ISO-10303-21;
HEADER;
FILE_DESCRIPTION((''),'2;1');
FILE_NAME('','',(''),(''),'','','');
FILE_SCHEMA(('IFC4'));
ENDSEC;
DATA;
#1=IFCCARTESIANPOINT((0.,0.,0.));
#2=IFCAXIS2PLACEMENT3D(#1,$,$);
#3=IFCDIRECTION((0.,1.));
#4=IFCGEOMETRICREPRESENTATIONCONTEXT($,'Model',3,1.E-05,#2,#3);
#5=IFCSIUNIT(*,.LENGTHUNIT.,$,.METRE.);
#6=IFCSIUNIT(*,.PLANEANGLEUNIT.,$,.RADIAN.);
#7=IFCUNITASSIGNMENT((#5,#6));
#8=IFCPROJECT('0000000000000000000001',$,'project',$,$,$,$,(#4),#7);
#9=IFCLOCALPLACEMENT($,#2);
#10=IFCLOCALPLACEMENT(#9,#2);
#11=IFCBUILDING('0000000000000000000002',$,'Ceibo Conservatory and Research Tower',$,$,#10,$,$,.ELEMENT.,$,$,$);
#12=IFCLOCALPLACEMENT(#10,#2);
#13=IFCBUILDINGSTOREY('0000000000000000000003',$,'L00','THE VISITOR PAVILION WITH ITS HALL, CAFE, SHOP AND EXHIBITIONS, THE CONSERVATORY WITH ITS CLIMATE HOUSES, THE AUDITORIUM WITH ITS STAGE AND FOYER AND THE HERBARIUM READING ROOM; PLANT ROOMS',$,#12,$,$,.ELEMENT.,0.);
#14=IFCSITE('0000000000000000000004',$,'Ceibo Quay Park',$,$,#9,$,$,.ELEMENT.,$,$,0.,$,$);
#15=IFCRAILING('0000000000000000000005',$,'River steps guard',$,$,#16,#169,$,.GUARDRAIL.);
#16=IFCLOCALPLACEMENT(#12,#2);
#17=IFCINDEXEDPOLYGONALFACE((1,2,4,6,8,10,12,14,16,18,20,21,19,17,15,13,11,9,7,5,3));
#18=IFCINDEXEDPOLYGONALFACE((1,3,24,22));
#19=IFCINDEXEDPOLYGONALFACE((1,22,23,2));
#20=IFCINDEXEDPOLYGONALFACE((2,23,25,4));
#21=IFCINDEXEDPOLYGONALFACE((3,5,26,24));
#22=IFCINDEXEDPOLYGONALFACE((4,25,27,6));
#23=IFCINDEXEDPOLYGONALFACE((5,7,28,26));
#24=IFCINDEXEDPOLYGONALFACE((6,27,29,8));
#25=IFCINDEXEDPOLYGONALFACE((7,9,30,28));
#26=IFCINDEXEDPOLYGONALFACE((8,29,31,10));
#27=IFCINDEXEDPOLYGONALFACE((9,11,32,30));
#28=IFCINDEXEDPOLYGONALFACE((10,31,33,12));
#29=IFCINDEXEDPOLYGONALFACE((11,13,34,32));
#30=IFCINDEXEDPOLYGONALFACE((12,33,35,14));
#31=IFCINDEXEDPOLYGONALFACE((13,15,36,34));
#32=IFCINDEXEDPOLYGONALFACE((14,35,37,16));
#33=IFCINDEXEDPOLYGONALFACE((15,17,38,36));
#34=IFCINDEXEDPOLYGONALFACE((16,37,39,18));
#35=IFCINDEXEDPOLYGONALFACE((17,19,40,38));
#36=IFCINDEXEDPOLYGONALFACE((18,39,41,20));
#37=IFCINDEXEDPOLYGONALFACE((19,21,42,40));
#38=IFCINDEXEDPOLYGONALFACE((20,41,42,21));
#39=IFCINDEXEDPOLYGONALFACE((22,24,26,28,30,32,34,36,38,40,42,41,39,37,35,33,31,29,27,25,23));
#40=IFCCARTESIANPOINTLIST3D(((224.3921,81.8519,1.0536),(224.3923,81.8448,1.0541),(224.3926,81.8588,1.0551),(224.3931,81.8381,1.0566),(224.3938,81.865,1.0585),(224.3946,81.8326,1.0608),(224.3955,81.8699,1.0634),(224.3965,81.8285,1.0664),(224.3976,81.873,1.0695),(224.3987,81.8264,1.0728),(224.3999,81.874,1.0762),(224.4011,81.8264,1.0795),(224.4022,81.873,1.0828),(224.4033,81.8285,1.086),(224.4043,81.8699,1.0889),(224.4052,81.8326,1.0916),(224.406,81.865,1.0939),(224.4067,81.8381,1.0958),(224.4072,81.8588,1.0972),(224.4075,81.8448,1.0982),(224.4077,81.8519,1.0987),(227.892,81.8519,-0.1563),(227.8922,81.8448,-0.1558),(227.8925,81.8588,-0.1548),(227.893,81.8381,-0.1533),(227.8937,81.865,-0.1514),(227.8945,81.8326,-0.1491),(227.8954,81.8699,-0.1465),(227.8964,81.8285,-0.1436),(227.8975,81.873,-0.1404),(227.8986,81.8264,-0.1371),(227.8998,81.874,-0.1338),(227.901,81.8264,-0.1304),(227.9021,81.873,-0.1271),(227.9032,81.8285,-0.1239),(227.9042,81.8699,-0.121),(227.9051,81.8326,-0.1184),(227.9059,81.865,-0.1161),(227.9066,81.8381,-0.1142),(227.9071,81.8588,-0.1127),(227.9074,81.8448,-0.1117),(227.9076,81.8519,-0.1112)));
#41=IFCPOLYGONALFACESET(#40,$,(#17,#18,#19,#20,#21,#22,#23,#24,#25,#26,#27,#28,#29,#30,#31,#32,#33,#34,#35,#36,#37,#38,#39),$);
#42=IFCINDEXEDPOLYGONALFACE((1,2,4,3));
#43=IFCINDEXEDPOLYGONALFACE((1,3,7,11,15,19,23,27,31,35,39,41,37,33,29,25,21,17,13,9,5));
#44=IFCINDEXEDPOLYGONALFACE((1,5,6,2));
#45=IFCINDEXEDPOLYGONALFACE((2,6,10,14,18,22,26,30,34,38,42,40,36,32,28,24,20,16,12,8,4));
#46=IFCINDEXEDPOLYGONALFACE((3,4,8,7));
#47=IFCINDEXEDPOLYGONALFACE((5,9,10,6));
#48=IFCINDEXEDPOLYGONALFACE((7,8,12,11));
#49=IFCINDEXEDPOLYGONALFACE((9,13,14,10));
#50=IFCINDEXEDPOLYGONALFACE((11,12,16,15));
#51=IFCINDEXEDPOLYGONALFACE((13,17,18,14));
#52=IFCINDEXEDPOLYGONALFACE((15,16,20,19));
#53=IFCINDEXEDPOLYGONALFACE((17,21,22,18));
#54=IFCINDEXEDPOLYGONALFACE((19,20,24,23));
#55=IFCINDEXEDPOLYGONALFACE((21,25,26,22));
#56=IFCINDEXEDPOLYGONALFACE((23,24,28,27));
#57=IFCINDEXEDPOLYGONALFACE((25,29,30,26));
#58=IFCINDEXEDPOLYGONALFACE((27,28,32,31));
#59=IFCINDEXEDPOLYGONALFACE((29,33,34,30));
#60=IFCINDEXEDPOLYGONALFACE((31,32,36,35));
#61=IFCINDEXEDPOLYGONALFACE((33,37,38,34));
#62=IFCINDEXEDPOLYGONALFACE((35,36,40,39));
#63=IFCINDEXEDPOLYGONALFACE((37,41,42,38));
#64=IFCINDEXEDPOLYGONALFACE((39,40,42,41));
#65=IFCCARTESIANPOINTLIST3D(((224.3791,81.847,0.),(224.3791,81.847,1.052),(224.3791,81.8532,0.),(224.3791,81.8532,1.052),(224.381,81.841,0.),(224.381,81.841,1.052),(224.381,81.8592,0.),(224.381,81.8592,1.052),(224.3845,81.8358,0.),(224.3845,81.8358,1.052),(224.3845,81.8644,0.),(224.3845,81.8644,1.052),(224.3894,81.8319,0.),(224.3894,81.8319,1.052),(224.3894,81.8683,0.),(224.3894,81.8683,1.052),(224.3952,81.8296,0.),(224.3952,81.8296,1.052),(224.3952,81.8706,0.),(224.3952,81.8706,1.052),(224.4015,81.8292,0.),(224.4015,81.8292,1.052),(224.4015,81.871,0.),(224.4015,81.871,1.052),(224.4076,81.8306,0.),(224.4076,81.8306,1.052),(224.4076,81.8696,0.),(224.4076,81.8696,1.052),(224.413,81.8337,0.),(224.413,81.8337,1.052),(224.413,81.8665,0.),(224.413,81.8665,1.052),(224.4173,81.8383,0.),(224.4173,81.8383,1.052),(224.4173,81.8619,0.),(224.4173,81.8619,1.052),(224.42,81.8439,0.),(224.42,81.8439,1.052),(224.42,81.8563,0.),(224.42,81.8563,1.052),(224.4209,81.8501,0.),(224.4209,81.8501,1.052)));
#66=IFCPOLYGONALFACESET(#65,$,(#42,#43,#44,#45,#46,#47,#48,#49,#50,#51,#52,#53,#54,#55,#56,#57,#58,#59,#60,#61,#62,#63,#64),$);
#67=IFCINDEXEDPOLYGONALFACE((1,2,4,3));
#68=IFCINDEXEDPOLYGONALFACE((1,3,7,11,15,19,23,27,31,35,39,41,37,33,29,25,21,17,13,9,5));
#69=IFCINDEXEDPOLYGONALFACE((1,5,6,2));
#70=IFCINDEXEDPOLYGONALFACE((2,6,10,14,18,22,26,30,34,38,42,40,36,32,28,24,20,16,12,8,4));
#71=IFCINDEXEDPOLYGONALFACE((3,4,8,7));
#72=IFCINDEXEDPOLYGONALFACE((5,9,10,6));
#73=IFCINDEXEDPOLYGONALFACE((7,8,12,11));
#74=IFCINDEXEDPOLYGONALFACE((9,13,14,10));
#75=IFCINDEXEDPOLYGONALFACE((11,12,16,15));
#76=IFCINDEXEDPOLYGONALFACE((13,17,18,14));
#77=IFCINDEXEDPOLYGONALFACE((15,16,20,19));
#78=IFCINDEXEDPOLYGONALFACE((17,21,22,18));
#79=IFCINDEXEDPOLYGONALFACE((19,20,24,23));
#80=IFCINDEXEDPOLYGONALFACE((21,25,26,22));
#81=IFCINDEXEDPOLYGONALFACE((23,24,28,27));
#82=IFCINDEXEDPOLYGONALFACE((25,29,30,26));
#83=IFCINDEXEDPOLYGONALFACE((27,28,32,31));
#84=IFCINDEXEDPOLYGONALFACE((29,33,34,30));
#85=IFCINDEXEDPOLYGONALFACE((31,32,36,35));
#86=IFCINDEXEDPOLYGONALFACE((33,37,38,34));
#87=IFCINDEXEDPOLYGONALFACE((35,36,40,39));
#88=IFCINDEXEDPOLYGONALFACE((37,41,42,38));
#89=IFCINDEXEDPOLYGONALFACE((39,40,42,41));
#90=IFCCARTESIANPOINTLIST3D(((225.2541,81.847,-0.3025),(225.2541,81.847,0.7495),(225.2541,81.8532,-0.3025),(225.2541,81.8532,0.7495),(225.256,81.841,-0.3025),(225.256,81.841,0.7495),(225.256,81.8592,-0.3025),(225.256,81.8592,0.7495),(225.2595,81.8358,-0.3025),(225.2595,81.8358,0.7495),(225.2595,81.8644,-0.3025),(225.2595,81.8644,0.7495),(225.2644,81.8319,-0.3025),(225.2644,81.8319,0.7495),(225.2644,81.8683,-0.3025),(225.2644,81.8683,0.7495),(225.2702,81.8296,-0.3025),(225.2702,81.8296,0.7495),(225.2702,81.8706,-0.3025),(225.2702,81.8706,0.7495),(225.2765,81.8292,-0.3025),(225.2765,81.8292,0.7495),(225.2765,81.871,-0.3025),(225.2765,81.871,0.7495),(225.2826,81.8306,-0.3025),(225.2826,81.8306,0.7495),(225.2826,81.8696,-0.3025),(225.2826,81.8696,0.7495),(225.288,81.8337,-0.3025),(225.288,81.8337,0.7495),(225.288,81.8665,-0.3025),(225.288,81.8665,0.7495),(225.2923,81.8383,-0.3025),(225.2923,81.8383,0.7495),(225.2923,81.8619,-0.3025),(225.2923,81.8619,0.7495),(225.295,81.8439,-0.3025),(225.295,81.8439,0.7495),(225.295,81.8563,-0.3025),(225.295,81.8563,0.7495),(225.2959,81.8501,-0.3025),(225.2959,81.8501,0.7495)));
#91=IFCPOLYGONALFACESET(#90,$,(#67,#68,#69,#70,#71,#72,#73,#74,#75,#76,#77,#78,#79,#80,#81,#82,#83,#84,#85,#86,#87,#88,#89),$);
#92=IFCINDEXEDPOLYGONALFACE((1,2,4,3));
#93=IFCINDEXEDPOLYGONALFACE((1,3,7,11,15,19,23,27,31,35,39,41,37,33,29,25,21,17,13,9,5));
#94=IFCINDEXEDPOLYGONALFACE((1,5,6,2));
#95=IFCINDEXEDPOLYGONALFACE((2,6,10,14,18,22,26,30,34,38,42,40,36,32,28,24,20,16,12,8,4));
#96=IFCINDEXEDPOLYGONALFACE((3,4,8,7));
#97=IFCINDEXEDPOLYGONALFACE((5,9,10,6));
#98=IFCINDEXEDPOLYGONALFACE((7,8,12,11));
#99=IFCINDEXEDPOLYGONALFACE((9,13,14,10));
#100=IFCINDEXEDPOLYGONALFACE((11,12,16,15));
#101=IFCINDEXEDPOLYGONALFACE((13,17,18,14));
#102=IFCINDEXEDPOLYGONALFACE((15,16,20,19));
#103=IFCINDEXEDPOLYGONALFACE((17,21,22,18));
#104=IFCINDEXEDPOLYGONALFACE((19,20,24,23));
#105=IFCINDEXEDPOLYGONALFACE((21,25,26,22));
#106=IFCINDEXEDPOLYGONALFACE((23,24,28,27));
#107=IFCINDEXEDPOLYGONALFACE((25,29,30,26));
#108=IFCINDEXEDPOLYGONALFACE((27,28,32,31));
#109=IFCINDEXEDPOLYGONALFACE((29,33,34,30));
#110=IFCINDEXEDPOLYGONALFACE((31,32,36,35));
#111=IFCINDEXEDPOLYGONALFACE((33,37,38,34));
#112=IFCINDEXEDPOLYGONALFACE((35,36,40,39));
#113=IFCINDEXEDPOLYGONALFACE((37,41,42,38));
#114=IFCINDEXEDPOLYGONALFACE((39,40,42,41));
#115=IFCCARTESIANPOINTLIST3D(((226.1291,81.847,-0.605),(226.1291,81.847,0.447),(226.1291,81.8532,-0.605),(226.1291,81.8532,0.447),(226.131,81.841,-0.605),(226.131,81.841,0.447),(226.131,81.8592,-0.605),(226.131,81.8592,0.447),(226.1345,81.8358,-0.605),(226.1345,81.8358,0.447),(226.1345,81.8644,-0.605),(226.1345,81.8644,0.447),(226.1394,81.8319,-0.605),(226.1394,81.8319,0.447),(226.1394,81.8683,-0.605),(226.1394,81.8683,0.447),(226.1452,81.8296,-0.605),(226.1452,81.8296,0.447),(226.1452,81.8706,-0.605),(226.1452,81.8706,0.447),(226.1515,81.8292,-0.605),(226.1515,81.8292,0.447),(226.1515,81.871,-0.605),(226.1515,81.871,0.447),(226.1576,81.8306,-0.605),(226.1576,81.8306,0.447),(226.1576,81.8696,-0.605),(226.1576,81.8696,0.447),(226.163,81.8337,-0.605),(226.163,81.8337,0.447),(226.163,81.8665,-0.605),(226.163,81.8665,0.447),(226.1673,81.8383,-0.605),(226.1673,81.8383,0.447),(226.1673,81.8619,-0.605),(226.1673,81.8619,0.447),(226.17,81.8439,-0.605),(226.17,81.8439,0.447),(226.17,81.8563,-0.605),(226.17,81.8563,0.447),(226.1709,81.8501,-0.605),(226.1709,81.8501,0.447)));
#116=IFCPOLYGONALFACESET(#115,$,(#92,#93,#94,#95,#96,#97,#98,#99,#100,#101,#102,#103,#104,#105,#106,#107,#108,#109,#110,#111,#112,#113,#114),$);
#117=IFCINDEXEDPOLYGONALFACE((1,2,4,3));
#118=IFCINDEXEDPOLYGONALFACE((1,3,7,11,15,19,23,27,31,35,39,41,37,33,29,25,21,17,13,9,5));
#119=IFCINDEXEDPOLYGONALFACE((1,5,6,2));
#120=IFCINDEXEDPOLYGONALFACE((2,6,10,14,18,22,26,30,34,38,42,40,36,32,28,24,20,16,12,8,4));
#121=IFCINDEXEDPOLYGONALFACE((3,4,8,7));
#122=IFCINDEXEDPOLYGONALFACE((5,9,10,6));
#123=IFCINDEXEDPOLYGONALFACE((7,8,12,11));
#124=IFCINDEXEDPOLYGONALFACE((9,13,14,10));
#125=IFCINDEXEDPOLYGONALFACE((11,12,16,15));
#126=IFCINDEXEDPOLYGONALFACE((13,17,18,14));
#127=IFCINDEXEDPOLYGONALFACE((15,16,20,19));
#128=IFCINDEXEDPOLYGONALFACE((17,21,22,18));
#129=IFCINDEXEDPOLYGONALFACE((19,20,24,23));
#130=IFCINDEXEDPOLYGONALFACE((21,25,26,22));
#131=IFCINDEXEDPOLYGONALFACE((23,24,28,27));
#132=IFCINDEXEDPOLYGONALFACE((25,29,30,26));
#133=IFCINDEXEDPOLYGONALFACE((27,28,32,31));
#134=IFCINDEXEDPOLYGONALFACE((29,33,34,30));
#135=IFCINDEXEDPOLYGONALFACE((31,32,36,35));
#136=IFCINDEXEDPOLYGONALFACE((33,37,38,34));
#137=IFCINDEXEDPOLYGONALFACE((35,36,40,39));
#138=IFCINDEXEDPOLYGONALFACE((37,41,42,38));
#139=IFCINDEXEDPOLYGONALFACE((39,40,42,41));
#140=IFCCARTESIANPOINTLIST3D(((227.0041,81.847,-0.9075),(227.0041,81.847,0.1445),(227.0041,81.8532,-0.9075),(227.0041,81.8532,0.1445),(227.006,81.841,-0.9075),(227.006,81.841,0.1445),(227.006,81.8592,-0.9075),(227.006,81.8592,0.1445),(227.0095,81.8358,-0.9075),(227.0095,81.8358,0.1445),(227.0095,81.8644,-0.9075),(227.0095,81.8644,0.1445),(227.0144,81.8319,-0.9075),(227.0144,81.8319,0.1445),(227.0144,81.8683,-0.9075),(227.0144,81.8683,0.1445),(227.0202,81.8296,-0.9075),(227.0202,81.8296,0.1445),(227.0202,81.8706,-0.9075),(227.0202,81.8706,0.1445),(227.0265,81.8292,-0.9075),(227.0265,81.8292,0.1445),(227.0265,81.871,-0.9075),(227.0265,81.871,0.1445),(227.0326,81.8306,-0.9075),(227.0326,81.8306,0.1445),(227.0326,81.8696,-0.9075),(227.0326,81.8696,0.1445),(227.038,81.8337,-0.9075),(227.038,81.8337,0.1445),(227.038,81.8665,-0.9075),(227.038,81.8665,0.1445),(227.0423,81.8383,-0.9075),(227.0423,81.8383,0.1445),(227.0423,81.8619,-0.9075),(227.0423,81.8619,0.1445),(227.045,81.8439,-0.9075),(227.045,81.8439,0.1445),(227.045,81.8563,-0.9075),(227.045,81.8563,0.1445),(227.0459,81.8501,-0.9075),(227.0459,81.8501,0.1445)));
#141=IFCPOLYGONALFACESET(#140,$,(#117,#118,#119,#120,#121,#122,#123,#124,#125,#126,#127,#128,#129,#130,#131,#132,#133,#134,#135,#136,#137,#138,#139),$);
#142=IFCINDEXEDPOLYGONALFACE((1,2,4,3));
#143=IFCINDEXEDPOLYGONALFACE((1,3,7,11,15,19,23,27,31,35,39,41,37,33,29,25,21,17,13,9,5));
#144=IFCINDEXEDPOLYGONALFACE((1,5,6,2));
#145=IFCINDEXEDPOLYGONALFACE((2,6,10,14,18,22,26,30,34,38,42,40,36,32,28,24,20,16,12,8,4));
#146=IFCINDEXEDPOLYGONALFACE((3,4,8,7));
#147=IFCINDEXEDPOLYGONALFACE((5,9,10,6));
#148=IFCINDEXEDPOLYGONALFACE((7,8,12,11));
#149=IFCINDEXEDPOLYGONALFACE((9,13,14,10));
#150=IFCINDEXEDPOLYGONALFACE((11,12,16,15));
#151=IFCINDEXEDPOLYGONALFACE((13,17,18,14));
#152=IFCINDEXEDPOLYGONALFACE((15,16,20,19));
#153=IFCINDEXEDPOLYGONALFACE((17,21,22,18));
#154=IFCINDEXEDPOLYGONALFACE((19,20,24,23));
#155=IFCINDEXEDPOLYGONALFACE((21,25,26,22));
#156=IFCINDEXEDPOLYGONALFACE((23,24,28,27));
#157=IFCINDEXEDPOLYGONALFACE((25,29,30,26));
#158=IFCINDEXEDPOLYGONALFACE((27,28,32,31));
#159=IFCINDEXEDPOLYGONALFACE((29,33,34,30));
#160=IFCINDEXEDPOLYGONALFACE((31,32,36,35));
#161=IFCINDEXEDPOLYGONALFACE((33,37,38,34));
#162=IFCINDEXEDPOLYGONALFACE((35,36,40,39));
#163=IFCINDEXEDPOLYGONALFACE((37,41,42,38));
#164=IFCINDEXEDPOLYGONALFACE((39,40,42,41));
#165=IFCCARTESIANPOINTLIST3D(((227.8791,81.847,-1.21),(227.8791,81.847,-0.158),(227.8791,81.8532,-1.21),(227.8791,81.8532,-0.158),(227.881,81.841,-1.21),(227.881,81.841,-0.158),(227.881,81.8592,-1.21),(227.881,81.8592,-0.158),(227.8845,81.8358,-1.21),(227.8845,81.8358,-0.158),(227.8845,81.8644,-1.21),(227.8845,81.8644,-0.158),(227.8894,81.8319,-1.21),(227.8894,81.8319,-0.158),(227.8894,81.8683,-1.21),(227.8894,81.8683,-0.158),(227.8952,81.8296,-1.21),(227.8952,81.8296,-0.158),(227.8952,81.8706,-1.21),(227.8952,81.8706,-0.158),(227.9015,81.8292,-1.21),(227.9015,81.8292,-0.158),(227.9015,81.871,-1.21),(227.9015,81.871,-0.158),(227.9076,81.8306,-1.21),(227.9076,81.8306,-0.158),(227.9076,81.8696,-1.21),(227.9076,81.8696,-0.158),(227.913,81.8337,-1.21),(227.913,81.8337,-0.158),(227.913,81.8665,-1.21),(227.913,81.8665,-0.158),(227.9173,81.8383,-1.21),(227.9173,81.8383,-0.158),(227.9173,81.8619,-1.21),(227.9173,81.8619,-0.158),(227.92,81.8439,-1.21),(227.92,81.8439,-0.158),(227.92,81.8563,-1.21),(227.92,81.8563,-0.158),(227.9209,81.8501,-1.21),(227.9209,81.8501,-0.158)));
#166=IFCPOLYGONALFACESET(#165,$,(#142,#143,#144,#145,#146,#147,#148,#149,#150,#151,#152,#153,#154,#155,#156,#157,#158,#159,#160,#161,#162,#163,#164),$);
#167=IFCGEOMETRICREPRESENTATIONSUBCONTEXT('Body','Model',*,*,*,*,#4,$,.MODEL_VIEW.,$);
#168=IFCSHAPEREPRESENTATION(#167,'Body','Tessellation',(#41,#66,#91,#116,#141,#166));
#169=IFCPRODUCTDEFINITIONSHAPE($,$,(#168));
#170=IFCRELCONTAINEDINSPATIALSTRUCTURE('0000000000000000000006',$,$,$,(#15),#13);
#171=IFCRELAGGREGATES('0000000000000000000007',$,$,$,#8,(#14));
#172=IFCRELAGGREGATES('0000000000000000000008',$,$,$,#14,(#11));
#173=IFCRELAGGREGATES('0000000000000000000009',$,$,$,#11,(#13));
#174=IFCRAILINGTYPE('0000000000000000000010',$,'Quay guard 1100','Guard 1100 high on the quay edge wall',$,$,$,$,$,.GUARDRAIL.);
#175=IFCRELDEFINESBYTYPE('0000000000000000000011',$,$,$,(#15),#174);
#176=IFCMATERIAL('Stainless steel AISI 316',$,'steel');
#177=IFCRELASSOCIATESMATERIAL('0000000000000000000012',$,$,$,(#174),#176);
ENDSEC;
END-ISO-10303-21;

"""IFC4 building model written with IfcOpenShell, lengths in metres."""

from ifc_helpers import new_model, si_unit, direction, frame, origin, origin_2d, place, context, subcontext, project, spatial, circle, extrude, material, type_object, element, save


model = new_model("IFC4")

# Units and contexts
model_context = context("Model", 3, precision=1e-05, world=origin(), true_north=direction((0.0, 1.0)))
body_context = subcontext(model_context, "Body", "Model", "MODEL_VIEW")
ifc_project = project(units=[si_unit("LENGTHUNIT", "METRE"), si_unit("PLANEANGLEUNIT", "RADIAN")], contexts=[model_context])

# Site, building, storey
site_placement = place(None, origin())
site = spatial("IfcSite", under=ifc_project, at=site_placement, Name="Ceibo Quay Park", CompositionType="ELEMENT", RefElevation=0.0)
building_placement = place(site_placement, origin())
building = spatial("IfcBuilding", under=site, at=building_placement, Name="Ceibo Conservatory and Research Tower", CompositionType="ELEMENT")
storey_placement = place(building_placement, origin())
storey = spatial("IfcBuildingStorey", under=building, at=storey_placement, Name="L00", Description="THE VISITOR PAVILION WITH ITS HALL, CAFE, SHOP AND EXHIBITIONS, THE CONSERVATORY WITH ITS CLIMATE HOUSES, THE AUDITORIUM WITH ITS STAGE AND FOYER AND THE HERBARIUM READING ROOM; PLANT ROOMS", CompositionType="ELEMENT", Elevation=0.0)

# Railing
ifc_material_1 = material(Name="Stainless steel AISI 316", Category="steel")
railing_type = type_object("IfcRailingType", Name="Quay guard 1100", Description="Guard 1100 high on the quay edge wall", PredefinedType="GUARDRAIL", material=ifc_material_1)
for number, where, name in (
    (1, (224.3999, 81.8501, 0.0), "River steps guard"),
):
    element("IfcRailing", number, at=place(storey_placement, frame(where)), inside=storey, type_object=railing_type, Name=name, PredefinedType="GUARDRAIL", context=body_context, shape_type="SweptSolid", body=[
        extrude(circle(Radius=0.0239, at=origin_2d()), frame((0.0, 0.0, 1.0762), z_axis=(0.945118, 0.0, -0.32673), x_axis=(0.0, 1.0, 0.0)), (0.0, 0.0, 1.0), 3.7031),
        extrude(circle(Radius=0.021, at=origin_2d()), origin(), (0.0, 0.0, 1.0), 1.052),
        extrude(circle(Radius=0.021, at=origin_2d()), frame((0.875, 0.0, -0.3025)), (0.0, 0.0, 1.0), 1.052),
        extrude(circle(Radius=0.021, at=origin_2d()), frame((1.75, 0.0, -0.605)), (0.0, 0.0, 1.0), 1.052),
        extrude(circle(Radius=0.021, at=origin_2d()), frame((2.625, 0.0, -0.9075)), (0.0, 0.0, 1.0), 1.052),
        extrude(circle(Radius=0.021, at=origin_2d()), frame((3.5, 0.0, -1.21)), (0.0, 0.0, 1.0), 1.052),
    ])

save(model, "model.ifc")
